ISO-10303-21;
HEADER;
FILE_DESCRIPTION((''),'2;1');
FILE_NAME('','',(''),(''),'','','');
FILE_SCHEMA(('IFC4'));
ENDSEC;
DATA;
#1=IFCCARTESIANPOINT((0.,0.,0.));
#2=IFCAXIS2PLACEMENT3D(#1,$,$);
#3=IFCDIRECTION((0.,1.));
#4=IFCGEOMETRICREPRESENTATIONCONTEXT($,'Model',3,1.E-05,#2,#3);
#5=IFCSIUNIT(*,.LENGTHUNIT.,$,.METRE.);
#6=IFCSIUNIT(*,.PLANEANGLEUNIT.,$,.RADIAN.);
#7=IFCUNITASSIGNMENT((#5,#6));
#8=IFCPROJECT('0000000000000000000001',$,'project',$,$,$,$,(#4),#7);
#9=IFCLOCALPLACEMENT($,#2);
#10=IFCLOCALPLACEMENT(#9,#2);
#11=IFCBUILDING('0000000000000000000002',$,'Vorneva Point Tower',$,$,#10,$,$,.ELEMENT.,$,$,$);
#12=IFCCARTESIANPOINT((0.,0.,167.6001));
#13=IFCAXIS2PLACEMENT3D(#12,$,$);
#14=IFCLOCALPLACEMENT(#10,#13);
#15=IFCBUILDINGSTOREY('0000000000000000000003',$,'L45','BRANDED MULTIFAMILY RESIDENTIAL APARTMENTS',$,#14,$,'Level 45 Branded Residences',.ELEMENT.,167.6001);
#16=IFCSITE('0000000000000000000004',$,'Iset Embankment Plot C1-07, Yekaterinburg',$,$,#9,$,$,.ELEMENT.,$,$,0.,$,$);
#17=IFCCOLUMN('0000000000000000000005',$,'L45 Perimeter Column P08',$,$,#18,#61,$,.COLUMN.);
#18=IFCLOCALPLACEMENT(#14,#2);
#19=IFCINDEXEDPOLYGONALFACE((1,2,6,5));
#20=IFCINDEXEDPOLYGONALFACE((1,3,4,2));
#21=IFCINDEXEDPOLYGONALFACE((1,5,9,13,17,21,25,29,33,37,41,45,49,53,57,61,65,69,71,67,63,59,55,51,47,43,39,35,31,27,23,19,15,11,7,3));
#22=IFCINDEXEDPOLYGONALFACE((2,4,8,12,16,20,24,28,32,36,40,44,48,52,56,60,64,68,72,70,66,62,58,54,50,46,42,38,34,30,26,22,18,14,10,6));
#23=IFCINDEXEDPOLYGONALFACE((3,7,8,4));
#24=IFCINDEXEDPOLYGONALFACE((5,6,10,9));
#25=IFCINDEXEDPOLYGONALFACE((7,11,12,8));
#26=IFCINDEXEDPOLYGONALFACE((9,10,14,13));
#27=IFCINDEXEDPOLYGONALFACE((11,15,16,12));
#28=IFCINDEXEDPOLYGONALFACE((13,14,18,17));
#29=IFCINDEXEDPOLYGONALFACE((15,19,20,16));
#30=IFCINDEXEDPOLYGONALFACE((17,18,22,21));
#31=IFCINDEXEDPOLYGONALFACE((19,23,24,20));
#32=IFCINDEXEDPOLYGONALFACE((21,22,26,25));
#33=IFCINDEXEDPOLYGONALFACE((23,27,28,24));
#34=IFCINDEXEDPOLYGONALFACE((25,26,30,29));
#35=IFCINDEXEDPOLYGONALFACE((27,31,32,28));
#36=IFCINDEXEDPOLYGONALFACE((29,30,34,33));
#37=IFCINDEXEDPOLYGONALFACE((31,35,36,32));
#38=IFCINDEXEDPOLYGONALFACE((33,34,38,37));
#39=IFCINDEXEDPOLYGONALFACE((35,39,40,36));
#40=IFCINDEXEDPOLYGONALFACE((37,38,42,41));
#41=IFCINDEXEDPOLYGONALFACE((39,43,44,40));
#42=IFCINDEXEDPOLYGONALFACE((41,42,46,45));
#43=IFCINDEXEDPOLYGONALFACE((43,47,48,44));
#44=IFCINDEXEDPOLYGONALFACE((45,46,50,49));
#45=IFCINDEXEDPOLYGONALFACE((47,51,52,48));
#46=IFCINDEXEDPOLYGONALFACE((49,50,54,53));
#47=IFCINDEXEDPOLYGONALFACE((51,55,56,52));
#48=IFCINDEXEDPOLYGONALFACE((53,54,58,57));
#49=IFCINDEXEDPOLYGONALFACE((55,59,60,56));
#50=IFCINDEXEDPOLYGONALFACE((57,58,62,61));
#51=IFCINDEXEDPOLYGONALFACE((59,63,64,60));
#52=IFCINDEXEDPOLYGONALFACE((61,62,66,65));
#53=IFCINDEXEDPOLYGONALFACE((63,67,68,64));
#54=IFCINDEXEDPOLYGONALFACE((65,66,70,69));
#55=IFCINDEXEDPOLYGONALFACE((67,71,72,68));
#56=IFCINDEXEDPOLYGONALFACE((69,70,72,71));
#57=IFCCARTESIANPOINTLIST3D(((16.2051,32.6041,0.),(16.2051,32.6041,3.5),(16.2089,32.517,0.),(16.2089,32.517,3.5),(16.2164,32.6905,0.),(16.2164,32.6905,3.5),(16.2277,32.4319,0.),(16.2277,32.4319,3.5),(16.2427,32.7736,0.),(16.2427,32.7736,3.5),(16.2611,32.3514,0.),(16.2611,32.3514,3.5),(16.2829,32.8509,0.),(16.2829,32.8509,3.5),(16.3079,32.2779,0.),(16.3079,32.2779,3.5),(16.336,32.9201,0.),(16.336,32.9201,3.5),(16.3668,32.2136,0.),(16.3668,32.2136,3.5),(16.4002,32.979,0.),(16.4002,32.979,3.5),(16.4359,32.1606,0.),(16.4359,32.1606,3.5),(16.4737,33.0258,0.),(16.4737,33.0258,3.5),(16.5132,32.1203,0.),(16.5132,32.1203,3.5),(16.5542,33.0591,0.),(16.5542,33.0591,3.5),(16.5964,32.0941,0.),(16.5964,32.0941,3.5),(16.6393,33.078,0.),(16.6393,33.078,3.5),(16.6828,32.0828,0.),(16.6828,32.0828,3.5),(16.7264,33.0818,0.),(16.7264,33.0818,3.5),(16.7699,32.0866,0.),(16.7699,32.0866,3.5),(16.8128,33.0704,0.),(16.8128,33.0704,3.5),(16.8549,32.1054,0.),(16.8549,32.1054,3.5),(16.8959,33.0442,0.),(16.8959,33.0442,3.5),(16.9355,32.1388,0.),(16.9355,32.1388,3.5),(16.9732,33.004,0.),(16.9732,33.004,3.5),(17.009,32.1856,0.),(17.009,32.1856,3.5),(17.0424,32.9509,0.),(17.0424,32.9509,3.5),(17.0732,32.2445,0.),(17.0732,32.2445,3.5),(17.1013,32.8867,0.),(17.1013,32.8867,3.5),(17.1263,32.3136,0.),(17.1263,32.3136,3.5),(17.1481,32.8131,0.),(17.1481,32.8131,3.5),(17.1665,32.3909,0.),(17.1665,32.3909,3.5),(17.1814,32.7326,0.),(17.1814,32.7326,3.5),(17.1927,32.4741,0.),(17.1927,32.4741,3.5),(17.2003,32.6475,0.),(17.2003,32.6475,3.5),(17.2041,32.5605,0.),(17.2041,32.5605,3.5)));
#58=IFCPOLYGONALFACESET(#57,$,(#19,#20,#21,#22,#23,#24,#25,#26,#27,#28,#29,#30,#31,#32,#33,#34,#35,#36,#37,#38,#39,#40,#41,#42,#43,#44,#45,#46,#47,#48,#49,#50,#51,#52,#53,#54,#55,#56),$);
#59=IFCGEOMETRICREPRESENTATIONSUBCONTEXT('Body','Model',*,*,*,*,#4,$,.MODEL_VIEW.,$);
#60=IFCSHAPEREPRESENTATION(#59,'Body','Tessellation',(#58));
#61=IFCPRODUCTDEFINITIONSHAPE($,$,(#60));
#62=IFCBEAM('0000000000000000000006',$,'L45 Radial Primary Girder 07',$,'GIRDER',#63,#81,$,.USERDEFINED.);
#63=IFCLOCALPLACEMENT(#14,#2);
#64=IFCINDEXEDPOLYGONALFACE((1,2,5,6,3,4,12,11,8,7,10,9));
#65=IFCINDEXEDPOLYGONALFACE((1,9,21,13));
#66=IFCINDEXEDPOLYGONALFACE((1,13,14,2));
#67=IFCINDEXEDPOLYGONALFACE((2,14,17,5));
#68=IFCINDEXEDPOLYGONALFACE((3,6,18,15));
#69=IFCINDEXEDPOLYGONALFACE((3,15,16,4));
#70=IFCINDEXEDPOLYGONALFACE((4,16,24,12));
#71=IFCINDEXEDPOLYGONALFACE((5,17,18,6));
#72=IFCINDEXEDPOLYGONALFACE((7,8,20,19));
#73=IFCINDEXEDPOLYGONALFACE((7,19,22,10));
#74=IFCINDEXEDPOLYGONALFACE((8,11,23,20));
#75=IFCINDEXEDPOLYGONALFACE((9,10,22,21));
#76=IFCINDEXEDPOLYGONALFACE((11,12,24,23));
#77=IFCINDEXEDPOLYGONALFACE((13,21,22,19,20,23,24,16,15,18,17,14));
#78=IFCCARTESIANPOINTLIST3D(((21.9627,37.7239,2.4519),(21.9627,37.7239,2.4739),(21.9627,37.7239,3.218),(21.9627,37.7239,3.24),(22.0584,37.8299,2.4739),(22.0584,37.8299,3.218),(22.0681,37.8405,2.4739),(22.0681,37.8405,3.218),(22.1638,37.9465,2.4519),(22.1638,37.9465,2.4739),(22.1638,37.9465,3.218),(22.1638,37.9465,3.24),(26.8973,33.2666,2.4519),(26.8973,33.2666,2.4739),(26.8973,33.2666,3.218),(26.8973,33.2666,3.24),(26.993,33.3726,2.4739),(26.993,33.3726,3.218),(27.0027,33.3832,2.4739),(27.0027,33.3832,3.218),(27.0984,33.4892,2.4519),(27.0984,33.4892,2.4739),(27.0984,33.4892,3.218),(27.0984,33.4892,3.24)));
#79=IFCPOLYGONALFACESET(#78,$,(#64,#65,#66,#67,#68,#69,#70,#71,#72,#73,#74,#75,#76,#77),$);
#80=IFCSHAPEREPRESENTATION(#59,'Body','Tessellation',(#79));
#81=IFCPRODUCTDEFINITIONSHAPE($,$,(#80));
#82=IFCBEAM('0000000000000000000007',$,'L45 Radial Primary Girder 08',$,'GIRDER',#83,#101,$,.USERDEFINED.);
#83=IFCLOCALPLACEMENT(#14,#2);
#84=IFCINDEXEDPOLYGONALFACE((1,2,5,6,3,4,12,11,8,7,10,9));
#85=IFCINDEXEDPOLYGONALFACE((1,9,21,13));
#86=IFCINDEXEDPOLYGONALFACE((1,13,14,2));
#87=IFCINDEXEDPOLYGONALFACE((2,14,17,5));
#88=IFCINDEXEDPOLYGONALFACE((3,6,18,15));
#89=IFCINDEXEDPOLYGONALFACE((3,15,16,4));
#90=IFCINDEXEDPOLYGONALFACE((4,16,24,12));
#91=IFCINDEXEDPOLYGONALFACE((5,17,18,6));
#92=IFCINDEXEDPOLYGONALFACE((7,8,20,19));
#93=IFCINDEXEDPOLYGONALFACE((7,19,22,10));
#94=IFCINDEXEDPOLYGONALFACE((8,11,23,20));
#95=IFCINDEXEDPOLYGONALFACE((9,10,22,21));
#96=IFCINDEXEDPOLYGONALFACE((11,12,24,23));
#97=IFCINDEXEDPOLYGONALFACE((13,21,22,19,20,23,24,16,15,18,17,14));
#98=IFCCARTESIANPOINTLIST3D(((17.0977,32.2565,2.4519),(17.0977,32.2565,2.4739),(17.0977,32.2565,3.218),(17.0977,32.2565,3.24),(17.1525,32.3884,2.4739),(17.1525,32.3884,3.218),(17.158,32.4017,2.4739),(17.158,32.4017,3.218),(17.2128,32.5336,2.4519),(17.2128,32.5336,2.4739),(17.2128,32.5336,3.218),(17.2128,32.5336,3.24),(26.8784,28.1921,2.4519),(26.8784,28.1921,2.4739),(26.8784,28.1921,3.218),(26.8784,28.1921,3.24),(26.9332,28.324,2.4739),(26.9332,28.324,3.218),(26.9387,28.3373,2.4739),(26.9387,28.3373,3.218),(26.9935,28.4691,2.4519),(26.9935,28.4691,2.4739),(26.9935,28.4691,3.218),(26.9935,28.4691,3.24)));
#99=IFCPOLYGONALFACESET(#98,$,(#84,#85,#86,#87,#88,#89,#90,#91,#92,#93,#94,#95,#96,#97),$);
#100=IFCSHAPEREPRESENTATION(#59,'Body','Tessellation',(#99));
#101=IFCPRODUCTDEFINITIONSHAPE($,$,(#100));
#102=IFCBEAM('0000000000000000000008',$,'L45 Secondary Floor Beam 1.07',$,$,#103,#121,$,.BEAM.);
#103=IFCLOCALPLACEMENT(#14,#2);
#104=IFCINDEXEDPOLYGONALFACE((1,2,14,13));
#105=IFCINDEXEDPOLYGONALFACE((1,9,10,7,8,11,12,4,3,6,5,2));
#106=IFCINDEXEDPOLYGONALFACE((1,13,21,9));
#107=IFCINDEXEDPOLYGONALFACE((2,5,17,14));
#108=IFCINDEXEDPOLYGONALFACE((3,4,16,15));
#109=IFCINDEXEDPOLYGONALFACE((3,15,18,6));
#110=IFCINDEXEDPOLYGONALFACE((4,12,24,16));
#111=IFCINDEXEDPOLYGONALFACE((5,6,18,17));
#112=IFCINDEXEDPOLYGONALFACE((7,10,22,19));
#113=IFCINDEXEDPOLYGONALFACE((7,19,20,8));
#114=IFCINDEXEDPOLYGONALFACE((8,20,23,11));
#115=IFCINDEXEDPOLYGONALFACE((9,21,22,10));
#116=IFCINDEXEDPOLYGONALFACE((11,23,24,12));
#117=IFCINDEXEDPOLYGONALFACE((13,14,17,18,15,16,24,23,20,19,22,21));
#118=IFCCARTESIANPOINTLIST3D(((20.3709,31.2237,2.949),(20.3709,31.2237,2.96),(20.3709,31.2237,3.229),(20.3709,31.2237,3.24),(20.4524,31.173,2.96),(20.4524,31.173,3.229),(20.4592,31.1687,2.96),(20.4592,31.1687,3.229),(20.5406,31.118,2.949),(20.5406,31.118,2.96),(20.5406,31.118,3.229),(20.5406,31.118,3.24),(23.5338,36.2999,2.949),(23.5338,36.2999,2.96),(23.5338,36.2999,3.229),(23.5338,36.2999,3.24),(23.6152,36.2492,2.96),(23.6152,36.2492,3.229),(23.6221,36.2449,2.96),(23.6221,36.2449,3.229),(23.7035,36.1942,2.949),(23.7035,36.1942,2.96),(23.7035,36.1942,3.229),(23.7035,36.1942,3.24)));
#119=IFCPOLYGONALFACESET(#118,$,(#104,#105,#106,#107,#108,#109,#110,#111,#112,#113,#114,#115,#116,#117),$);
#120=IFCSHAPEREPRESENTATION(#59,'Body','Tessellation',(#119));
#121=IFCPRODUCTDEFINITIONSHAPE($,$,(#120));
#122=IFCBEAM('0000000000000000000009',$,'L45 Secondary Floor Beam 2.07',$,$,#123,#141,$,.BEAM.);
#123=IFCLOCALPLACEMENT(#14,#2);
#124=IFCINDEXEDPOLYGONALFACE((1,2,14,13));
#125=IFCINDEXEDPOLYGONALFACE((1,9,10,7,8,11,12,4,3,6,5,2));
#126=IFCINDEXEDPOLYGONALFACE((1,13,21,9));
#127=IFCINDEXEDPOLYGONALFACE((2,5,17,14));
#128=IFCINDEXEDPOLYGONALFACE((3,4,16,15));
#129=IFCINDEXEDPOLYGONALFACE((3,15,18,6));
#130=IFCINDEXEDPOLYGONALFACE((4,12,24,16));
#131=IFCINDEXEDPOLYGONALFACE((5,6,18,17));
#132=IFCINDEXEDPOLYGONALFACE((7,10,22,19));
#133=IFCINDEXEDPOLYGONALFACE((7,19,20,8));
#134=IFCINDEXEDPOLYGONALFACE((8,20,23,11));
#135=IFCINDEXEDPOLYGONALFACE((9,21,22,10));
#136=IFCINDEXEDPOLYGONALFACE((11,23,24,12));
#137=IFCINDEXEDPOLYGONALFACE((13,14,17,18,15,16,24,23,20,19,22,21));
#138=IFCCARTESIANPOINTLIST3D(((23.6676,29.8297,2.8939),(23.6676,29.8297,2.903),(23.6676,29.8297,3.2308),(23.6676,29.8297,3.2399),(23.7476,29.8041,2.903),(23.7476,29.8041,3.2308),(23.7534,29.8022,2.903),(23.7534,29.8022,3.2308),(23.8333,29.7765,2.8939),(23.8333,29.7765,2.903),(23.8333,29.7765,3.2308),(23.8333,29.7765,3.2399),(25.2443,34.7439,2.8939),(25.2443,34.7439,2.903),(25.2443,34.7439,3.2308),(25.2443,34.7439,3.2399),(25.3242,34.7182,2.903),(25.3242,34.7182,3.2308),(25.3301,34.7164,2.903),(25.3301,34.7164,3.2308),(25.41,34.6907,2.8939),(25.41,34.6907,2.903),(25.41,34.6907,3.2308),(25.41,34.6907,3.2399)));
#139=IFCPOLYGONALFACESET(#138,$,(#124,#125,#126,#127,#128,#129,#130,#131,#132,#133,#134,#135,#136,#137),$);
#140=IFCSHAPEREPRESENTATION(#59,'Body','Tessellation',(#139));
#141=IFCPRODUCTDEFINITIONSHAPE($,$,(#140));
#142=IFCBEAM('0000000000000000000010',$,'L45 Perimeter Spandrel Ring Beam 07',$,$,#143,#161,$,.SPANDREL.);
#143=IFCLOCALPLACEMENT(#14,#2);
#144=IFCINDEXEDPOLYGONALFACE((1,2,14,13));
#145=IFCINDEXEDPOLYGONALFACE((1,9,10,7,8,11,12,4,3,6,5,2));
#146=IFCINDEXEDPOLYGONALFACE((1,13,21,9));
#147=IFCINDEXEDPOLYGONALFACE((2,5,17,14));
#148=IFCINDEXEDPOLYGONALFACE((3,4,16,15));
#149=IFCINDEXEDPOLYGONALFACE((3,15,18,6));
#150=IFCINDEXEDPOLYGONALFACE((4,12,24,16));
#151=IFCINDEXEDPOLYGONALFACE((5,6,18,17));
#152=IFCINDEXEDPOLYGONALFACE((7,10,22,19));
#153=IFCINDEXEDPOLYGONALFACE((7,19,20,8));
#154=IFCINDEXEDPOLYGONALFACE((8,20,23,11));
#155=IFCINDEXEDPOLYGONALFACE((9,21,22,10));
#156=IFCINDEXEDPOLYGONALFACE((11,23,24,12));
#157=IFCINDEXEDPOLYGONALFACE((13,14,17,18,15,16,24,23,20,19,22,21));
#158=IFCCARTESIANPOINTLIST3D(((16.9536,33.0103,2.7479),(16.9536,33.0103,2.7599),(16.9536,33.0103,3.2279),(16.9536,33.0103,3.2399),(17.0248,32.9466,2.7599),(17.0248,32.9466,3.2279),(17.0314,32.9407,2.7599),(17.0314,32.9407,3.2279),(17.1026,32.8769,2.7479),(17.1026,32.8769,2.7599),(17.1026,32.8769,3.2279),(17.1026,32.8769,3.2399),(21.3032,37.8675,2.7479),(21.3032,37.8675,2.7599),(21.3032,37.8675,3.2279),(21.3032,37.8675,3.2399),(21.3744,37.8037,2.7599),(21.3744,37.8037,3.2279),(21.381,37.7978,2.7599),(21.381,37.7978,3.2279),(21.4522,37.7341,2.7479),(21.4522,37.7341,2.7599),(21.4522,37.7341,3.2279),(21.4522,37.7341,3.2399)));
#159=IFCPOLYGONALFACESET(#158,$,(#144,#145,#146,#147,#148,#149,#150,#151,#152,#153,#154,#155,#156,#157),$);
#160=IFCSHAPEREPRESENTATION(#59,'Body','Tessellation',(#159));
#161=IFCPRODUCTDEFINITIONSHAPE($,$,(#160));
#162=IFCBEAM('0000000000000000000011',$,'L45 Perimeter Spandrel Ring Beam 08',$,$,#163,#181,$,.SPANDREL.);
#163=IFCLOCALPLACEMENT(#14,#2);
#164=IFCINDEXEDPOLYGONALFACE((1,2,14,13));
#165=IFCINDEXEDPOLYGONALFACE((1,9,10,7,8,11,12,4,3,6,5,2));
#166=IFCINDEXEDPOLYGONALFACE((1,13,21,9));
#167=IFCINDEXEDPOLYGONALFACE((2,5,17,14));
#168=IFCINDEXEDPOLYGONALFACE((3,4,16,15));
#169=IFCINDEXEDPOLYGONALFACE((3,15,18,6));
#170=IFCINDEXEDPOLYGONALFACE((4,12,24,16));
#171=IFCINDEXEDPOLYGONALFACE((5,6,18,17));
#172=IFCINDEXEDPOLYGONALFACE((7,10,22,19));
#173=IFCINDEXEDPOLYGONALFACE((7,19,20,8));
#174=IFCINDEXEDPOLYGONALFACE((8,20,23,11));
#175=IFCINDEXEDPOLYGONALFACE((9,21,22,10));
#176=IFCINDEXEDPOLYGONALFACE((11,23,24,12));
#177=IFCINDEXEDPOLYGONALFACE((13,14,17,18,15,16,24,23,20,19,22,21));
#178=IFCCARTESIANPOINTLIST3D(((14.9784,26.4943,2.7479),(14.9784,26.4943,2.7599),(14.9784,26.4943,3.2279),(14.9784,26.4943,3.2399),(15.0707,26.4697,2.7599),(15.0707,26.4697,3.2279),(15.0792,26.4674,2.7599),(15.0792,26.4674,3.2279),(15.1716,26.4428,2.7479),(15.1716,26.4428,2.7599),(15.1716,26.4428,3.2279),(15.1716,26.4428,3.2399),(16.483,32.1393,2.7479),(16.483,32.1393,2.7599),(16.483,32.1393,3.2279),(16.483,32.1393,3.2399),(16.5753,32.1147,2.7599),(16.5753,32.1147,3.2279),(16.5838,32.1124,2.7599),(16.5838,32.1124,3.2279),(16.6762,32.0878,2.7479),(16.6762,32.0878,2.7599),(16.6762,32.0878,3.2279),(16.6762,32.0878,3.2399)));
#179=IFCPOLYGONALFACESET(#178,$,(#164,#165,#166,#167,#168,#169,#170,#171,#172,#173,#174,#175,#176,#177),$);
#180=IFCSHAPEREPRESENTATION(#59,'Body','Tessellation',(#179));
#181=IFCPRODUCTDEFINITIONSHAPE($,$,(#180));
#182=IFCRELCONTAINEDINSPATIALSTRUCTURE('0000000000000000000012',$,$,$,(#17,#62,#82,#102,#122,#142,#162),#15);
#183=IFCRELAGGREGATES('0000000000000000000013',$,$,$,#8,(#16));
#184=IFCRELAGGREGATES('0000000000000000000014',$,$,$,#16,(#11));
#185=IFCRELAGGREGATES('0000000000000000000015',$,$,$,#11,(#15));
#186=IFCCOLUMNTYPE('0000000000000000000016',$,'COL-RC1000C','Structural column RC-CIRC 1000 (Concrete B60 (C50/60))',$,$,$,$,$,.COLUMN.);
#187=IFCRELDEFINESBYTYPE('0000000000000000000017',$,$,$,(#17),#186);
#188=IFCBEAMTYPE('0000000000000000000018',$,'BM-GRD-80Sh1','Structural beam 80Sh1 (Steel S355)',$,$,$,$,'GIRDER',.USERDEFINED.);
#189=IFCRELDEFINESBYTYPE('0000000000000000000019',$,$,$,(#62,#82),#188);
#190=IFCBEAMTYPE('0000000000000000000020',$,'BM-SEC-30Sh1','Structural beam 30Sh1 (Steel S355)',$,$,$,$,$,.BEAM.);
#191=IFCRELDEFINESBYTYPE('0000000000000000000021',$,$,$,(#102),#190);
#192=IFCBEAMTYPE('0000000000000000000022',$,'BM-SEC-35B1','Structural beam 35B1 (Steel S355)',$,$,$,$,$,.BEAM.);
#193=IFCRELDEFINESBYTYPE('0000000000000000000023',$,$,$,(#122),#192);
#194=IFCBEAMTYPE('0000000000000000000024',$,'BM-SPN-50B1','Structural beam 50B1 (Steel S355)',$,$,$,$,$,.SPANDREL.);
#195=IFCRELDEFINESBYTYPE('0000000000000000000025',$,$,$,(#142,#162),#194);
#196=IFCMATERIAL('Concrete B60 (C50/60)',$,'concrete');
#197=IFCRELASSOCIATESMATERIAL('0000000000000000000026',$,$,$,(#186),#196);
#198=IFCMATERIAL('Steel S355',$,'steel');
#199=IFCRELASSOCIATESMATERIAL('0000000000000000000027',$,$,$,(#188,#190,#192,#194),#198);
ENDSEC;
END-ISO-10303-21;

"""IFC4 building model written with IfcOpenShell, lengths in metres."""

from ifc_helpers import new_model, si_unit, direction, frame, origin, origin_2d, place, context, subcontext, project, spatial, circle, i_section, extrude, material, material_profile, profile_set, type_object, element, save


model = new_model("IFC4")

# Units and contexts
model_context = context("Model", 3, precision=1e-05, world=origin(), true_north=direction((0.0, 1.0)))
body_context = subcontext(model_context, "Body", "Model", "MODEL_VIEW")
ifc_project = project(units=[si_unit("LENGTHUNIT", "METRE"), si_unit("PLANEANGLEUNIT", "RADIAN")], contexts=[model_context])

# Site, building, storey
site_placement = place(None, origin())
site = spatial("IfcSite", under=ifc_project, at=site_placement, Name="Iset Embankment Plot C1-07, Yekaterinburg", CompositionType="ELEMENT", RefElevation=0.0)
building_placement = place(site_placement, origin())
building = spatial("IfcBuilding", under=site, at=building_placement, Name="Vorneva Point Tower", CompositionType="ELEMENT")
storey_placement = place(building_placement, frame((0.0, 0.0, 167.6001)))
storey = spatial("IfcBuildingStorey", under=building, at=storey_placement, Name="L45", Description="BRANDED MULTIFAMILY RESIDENTIAL APARTMENTS", LongName="Level 45 Branded Residences", CompositionType="ELEMENT", Elevation=167.6001)

# Column
ifc_material_1 = material(Name="Concrete B60 (C50/60)", Category="concrete")
ifc_material_profile_1 = material_profile(ifc_material_1, circle(Radius=0.5, at=origin_2d()), Name="RC-CIRC 1000")
ifc_profile_set_1 = profile_set([ifc_material_profile_1], Name="Concrete B60 (C50/60)")
column_type = type_object("IfcColumnType", Name="COL-RC1000C", Description="Structural column RC-CIRC 1000 (Concrete B60 (C50/60))", PredefinedType="COLUMN", material=ifc_profile_set_1)
for number, where, z_axis, x_axis, name in (
    (1, (16.7046, 32.5823, 0.0), (0.0, 0.0, 1.0), (-0.92388, 0.382683, 0.0), "L45 Perimeter Column P08"),
):
    element("IfcColumn", number, at=place(storey_placement, frame(where, z_axis=z_axis, x_axis=x_axis)), inside=storey, type_object=column_type, Name=name, PredefinedType="COLUMN", context=body_context, shape_type="SweptSolid", body=[
        extrude(circle(Radius=0.5, at=origin_2d()), origin(), (0.0, 0.0, 1.0), 3.5),
    ])

# Beams
ifc_material_2 = material(Name="Steel S355", Category="steel")
ifc_material_profile_2 = material_profile(ifc_material_2, i_section(OverallWidth=0.3, OverallDepth=0.7881, WebThickness=0.0144, FlangeThickness=0.022, at=origin_2d()), Name="80Sh1")
ifc_profile_set_2 = profile_set([ifc_material_profile_2], Name="Steel S355")
beam_type_1 = type_object("IfcBeamType", Name="BM-GRD-80Sh1", Description="Structural beam 80Sh1 (Steel S355)", ElementType="GIRDER", PredefinedType="USERDEFINED", material=ifc_profile_set_2)
beam_1_placement = place(storey_placement, frame((22.0632, 37.8352, 2.8459), z_axis=(0.742084, -0.670306, 0.0), x_axis=(0.670306, 0.742084, 0.0)))
element("IfcBeam", 2, at=beam_1_placement, inside=storey, type_object=beam_type_1, Name="L45 Radial Primary Girder 07", ObjectType="GIRDER", PredefinedType="USERDEFINED", context=body_context, shape_type="SweptSolid", body=[
    extrude(i_section(OverallWidth=0.3, OverallDepth=0.7881, WebThickness=0.0144, FlangeThickness=0.022, at=origin_2d()), origin(), (0.0, 0.0, 1.0), 6.6497),
])
beam_2_placement = place(storey_placement, frame((17.1553, 32.395, 2.8459), z_axis=(0.923441, -0.383741, 0.0), x_axis=(0.383741, 0.923441, 0.0)))
element("IfcBeam", 3, at=beam_2_placement, inside=storey, type_object=beam_type_1, Name="L45 Radial Primary Girder 08", ObjectType="GIRDER", PredefinedType="USERDEFINED", context=body_context, shape_type="SweptSolid", body=[
    extrude(i_section(OverallWidth=0.3, OverallDepth=0.7881, WebThickness=0.0144, FlangeThickness=0.022, at=origin_2d()), origin(), (0.0, 0.0, 1.0), 10.5916),
])
ifc_material_profile_3 = material_profile(ifc_material_2, i_section(OverallWidth=0.2, OverallDepth=0.291, WebThickness=0.0081, FlangeThickness=0.011, at=origin_2d()), Name="30Sh1")
ifc_profile_set_3 = profile_set([ifc_material_profile_3], Name="Steel S355")
beam_type_2 = type_object("IfcBeamType", Name="BM-SEC-30Sh1", Description="Structural beam 30Sh1 (Steel S355)", PredefinedType="BEAM", material=ifc_profile_set_3)
beam_3_placement = place(storey_placement, frame((23.6187, 36.2471, 3.0945), z_axis=(-0.528824, -0.848731, 0.0), x_axis=(0.848731, -0.528824, 0.0)))
element("IfcBeam", 4, at=beam_3_placement, inside=storey, type_object=beam_type_2, Name="L45 Secondary Floor Beam 1.07", PredefinedType="BEAM", context=body_context, shape_type="SweptSolid", body=[
    extrude(i_section(OverallWidth=0.2, OverallDepth=0.291, WebThickness=0.0081, FlangeThickness=0.011, at=origin_2d()), origin(), (0.0, 0.0, 1.0), 5.981),
])
ifc_material_profile_4 = material_profile(ifc_material_2, i_section(OverallWidth=0.1741, OverallDepth=0.3459, WebThickness=0.0061, FlangeThickness=0.009, at=origin_2d()), Name="35B1")
ifc_profile_set_4 = profile_set([ifc_material_profile_4], Name="Steel S355")
beam_type_3 = type_object("IfcBeamType", Name="BM-SEC-35B1", Description="Structural beam 35B1 (Steel S355)", PredefinedType="BEAM", material=ifc_profile_set_4)
beam_4_placement = place(storey_placement, frame((25.3271, 34.7173, 3.0669), z_axis=(-0.305507, -0.95219, 0.0), x_axis=(0.95219, -0.305507, 0.0)))
element("IfcBeam", 5, at=beam_4_placement, inside=storey, type_object=beam_type_3, Name="L45 Secondary Floor Beam 2.07", PredefinedType="BEAM", context=body_context, shape_type="SweptSolid", body=[
    extrude(i_section(OverallWidth=0.1741, OverallDepth=0.3459, WebThickness=0.0061, FlangeThickness=0.009, at=origin_2d()), origin(), (0.0, 0.0, 1.0), 5.1609),
])
ifc_material_profile_5 = material_profile(ifc_material_2, i_section(OverallWidth=0.2, OverallDepth=0.4919, WebThickness=0.0088, FlangeThickness=0.012, at=origin_2d()), Name="50B1")
ifc_profile_set_5 = profile_set([ifc_material_profile_5], Name="Steel S355")
beam_type_4 = type_object("IfcBeamType", Name="BM-SPN-50B1", Description="Structural beam 50B1 (Steel S355)", PredefinedType="SPANDREL", material=ifc_profile_set_5)
beam_5_placement = place(storey_placement, frame((21.3777, 37.8008, 2.9939), z_axis=(-0.667111, -0.744958, 0.0), x_axis=(0.744958, -0.667111, 0.0)))
element("IfcBeam", 6, at=beam_5_placement, inside=storey, type_object=beam_type_4, Name="L45 Perimeter Spandrel Ring Beam 07", PredefinedType="SPANDREL", context=body_context, shape_type="SweptSolid", body=[
    extrude(i_section(OverallWidth=0.2, OverallDepth=0.4919, WebThickness=0.0088, FlangeThickness=0.012, at=origin_2d()), origin(), (0.0, 0.0, 1.0), 6.52),
])
beam_6_placement = place(storey_placement, frame((16.5796, 32.1135, 2.9939), z_axis=(-0.257551, -0.966265, 0.0), x_axis=(0.966265, -0.257551, 0.0)))
element("IfcBeam", 7, at=beam_6_placement, inside=storey, type_object=beam_type_4, Name="L45 Perimeter Spandrel Ring Beam 08", PredefinedType="SPANDREL", context=body_context, shape_type="SweptSolid", body=[
    extrude(i_section(OverallWidth=0.2, OverallDepth=0.4919, WebThickness=0.0088, FlangeThickness=0.012, at=origin_2d()), origin(), (0.0, 0.0, 1.0), 5.842),
])

save(model, "model.ifc")
